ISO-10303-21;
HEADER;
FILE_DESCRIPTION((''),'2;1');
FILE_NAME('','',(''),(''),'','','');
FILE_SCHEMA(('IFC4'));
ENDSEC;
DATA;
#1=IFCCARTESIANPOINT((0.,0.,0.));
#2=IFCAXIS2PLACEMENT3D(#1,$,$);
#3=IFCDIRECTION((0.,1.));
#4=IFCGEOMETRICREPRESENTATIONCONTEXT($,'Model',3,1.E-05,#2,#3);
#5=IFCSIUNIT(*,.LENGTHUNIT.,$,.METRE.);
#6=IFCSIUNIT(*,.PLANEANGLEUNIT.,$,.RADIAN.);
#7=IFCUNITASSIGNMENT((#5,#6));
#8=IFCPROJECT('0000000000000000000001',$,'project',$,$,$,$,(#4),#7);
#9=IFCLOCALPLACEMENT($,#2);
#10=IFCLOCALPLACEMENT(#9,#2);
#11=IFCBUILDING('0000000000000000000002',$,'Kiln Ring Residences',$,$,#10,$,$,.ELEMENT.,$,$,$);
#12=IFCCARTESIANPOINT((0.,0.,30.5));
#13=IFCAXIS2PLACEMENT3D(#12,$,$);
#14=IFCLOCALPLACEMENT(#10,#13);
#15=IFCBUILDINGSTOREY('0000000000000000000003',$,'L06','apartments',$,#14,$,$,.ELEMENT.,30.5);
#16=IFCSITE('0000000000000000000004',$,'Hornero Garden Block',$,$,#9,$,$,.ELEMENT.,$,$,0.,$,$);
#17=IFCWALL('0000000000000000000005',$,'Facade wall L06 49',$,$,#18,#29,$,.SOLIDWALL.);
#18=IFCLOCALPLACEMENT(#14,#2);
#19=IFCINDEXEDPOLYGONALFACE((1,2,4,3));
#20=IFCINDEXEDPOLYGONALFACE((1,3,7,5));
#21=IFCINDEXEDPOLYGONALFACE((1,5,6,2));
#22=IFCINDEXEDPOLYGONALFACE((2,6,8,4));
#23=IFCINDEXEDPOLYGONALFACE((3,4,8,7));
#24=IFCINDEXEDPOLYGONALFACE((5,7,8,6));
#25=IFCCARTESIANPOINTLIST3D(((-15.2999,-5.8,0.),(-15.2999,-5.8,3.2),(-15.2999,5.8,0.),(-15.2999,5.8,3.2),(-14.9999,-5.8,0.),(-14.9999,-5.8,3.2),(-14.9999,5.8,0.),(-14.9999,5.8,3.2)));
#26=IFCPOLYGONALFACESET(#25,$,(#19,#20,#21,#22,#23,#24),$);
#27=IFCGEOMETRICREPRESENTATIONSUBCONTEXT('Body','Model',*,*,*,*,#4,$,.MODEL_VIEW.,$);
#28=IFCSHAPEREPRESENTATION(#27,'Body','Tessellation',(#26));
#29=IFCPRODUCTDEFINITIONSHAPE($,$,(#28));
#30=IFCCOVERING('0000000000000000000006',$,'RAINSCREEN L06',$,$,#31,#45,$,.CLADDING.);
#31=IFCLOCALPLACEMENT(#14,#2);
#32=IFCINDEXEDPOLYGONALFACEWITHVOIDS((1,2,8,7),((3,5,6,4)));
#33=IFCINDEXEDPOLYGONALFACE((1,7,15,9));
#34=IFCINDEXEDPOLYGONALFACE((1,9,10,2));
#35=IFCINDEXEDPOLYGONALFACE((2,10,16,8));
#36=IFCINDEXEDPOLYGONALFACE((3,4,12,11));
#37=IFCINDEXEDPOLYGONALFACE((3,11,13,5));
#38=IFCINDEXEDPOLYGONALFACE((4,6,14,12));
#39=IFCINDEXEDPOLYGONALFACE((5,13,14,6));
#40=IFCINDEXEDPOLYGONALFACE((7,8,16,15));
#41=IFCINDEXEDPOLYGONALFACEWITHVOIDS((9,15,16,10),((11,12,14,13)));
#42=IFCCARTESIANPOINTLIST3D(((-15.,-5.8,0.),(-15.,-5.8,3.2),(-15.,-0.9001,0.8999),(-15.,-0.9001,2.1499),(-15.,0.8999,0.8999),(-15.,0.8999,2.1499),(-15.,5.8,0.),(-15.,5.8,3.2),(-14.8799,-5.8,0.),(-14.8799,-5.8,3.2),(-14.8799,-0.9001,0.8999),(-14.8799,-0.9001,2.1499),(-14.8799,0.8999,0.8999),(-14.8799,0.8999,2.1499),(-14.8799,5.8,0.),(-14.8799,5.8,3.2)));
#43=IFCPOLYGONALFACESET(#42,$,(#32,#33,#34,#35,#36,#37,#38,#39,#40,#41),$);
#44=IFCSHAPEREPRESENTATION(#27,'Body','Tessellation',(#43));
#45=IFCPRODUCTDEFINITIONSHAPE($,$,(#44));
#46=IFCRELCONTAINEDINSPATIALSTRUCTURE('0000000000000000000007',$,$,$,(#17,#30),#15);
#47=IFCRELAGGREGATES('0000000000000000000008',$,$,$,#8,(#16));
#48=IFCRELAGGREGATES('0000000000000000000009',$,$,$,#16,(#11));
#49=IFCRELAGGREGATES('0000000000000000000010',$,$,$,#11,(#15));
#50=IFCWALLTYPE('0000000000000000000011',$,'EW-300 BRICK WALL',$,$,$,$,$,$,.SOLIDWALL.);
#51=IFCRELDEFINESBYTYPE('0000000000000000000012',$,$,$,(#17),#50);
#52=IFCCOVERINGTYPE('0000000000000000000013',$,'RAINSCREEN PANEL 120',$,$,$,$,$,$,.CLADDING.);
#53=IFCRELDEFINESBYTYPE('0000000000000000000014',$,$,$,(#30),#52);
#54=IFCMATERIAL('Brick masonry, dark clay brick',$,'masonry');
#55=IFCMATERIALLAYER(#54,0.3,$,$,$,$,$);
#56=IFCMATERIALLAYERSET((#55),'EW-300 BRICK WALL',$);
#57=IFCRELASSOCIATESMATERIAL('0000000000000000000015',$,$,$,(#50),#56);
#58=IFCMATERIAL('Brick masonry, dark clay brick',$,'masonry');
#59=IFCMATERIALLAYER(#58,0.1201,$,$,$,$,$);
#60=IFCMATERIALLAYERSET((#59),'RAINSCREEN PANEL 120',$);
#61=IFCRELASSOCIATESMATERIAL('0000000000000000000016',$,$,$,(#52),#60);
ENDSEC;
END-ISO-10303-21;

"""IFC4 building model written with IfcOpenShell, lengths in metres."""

from ifc_helpers import new_model, si_unit, direction, frame, frame_2d, origin, place, context, subcontext, project, spatial, polyline, rectangle, outline, extrude, material, layer, layer_set, type_object, element, save


model = new_model("IFC4")

# Units and contexts
model_context = context("Model", 3, precision=1e-05, world=origin(), true_north=direction((0.0, 1.0)))
body_context = subcontext(model_context, "Body", "Model", "MODEL_VIEW")
ifc_project = project(units=[si_unit("LENGTHUNIT", "METRE"), si_unit("PLANEANGLEUNIT", "RADIAN")], contexts=[model_context])

# Site, building, storey
site_placement = place(None, origin())
site = spatial("IfcSite", under=ifc_project, at=site_placement, Name="Hornero Garden Block", CompositionType="ELEMENT", RefElevation=0.0)
building_placement = place(site_placement, origin())
building = spatial("IfcBuilding", under=site, at=building_placement, Name="Kiln Ring Residences", CompositionType="ELEMENT")
storey_placement = place(building_placement, frame((0.0, 0.0, 30.5)))
storey = spatial("IfcBuildingStorey", under=building, at=storey_placement, Name="L06", Description="apartments", CompositionType="ELEMENT", Elevation=30.5)

# Wall
ifc_material_1 = material(Name="Brick masonry, dark clay brick", Category="masonry")
ifc_layer_1 = layer(ifc_material_1, 0.3)
ifc_layer_set_1 = layer_set([ifc_layer_1], Name="EW-300 BRICK WALL")
wall_type_1 = type_object("IfcWallType", Name="EW-300 BRICK WALL", PredefinedType="SOLIDWALL", material=ifc_layer_set_1)
wall_1_placement = place(storey_placement, frame((-15.1499, -5.8, 0.0), z_axis=(0.0, 0.0, 1.0), x_axis=(0.0, 1.0, 0.0)))
element("IfcWall", 1, at=wall_1_placement, inside=storey, type_object=wall_type_1, Name="Facade wall L06 49", PredefinedType="SOLIDWALL", context=body_context, shape_type="SweptSolid", body=[
    extrude(rectangle(XDim=11.6001, YDim=0.3, at=frame_2d((5.8, 0.0))), origin(), (0.0, 0.0, 1.0), 3.2),
])

# Covering
ifc_material_2 = material(Name="Brick masonry, dark clay brick", Category="masonry")
ifc_layer_2 = layer(ifc_material_2, 0.1201)
ifc_layer_set_2 = layer_set([ifc_layer_2], Name="RAINSCREEN PANEL 120")
covering_type = type_object("IfcCoveringType", Name="RAINSCREEN PANEL 120", PredefinedType="CLADDING", material=ifc_layer_set_2)
covering_placement = place(storey_placement, frame((-14.9399, -5.8, 0.0), z_axis=(0.0, 0.0, 1.0), x_axis=(0.0, 1.0, 0.0)))
element("IfcCovering", 2, at=covering_placement, inside=storey, type_object=covering_type, Name="RAINSCREEN L06", PredefinedType="CLADDING", context=body_context, shape_type="SweptSolid", body=[
    extrude(outline(polyline([(0.0, 0.0), (11.6001, 0.0), (11.6001, 3.2), (0.0, 3.2), (0.0, 0.0)]), holes=[polyline([(4.8999, 2.1499), (4.8999, 0.8999), (6.7, 0.8999), (6.7, 2.1499), (4.8999, 2.1499)])]), frame((0.0, 0.0601, 0.0), z_axis=(0.0, -1.0, 0.0), x_axis=(1.0, 0.0, 0.0)), (0.0, 0.0, 1.0), 0.1201),
])

save(model, "model.ifc")
